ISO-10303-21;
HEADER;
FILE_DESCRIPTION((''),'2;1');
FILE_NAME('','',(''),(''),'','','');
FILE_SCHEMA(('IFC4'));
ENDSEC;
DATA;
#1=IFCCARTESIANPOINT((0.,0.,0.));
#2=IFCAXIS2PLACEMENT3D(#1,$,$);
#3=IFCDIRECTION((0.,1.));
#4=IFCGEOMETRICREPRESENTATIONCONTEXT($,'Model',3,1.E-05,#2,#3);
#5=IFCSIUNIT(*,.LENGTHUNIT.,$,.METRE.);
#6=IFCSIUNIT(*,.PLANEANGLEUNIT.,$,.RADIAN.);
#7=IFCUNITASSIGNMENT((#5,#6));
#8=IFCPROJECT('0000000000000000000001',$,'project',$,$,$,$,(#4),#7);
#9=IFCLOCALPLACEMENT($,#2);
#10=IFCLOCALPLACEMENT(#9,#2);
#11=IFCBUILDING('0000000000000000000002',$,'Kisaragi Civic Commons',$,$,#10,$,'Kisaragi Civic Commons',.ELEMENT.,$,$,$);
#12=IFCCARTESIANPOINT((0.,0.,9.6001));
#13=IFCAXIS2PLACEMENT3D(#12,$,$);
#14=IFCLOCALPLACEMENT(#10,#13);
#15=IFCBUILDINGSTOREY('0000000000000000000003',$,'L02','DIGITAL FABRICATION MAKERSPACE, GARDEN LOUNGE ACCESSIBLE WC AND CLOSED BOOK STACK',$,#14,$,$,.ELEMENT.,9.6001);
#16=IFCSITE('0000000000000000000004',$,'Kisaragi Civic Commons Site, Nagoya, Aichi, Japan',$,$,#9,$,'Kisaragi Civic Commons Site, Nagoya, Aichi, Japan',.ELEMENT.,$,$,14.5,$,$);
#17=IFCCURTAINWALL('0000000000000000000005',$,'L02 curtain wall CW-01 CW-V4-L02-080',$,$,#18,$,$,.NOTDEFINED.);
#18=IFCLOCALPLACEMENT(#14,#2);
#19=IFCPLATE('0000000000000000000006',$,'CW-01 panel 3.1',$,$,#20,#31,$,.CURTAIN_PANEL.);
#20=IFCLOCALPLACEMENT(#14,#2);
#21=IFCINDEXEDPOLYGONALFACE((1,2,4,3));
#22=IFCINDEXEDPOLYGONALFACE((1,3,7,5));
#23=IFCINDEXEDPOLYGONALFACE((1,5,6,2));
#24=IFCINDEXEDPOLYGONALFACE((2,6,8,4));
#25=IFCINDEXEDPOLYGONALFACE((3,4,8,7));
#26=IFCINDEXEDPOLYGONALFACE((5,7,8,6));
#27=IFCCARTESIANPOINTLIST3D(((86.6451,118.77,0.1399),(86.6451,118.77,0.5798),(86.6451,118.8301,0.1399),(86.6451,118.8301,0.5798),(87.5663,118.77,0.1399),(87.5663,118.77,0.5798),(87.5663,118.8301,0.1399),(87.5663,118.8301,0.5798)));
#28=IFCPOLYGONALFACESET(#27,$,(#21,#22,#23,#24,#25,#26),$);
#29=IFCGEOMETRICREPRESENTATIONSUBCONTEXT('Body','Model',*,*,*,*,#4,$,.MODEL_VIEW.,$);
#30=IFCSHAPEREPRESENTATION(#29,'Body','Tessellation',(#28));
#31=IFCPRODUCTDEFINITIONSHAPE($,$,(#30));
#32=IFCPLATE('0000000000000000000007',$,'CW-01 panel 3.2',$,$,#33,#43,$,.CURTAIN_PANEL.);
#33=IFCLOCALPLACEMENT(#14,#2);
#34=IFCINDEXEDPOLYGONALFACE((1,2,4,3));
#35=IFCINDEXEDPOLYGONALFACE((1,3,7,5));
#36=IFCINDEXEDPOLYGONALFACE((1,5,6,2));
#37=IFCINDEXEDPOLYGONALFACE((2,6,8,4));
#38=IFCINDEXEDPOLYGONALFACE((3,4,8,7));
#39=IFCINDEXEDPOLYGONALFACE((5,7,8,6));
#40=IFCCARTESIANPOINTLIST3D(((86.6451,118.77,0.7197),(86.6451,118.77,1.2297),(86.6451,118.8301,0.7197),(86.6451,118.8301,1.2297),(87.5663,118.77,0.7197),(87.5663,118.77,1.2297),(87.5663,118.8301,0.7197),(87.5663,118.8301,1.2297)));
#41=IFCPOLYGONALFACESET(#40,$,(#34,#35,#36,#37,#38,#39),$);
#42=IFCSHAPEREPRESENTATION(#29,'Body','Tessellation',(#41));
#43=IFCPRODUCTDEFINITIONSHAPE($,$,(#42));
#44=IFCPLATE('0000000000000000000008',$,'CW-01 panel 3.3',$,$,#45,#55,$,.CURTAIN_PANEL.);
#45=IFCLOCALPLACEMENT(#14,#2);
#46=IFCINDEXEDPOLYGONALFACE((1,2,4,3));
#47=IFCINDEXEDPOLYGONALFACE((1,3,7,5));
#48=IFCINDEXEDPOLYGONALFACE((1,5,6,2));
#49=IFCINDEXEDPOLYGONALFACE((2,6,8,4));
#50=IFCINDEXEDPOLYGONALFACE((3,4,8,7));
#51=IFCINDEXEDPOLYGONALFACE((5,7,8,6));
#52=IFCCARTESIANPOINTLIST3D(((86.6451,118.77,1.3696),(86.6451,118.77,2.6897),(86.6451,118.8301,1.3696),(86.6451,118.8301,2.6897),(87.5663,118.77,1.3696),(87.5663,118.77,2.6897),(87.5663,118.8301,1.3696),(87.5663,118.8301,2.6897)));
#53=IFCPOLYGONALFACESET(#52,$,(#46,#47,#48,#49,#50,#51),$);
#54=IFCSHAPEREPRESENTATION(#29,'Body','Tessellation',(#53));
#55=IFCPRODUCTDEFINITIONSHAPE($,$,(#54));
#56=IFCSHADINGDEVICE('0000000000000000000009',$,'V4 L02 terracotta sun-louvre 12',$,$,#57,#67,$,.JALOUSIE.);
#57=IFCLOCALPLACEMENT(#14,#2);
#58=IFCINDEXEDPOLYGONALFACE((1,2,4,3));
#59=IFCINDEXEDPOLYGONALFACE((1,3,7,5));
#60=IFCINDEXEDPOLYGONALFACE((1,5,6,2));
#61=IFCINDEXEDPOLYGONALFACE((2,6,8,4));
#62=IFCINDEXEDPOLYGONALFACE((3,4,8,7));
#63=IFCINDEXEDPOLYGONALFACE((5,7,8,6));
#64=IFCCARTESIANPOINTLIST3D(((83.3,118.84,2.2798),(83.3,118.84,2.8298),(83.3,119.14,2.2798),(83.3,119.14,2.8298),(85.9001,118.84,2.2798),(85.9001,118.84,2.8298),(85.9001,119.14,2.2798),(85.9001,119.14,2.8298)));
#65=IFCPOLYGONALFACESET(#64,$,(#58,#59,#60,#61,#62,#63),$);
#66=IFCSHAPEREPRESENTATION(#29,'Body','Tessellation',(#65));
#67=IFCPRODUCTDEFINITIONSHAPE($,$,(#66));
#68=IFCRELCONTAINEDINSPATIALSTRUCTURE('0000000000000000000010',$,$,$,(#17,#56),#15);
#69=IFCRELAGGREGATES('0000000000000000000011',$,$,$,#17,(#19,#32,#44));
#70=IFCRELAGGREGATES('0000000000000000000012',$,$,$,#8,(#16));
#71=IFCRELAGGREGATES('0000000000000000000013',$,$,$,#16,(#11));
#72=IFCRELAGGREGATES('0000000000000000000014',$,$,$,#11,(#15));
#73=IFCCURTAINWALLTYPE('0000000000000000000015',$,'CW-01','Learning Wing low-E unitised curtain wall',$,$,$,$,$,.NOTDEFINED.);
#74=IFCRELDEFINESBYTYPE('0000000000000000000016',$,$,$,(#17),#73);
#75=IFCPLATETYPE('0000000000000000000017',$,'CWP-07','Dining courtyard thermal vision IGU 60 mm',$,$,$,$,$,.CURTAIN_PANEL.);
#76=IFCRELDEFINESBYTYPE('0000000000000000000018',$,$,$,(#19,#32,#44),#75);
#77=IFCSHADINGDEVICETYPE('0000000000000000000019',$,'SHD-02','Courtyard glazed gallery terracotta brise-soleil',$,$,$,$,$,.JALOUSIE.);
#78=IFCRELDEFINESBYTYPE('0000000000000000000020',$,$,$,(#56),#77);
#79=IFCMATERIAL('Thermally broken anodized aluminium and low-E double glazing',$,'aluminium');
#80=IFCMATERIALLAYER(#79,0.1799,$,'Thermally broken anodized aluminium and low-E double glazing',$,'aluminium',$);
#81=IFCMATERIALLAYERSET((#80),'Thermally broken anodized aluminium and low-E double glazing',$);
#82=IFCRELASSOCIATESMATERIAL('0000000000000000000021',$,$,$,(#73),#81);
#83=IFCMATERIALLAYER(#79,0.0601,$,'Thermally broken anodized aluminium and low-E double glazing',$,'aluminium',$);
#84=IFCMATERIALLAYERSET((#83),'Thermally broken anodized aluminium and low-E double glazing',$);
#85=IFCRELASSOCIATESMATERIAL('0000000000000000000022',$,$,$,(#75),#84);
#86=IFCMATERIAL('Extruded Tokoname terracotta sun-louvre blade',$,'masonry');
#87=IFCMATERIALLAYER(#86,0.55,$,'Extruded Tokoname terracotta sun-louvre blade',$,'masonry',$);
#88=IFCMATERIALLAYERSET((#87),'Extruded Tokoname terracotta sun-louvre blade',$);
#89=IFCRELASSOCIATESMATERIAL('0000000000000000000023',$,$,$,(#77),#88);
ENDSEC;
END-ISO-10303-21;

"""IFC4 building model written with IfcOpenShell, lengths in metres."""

from ifc_helpers import new_model, si_unit, direction, frame, origin, origin_2d, place, context, subcontext, project, spatial, rectangle, extrude, material, layer, layer_set, type_object, element, aggregate, save


model = new_model("IFC4")

# Units and contexts
model_context = context("Model", 3, precision=1e-05, world=origin(), true_north=direction((0.0, 1.0)))
body_context = subcontext(model_context, "Body", "Model", "MODEL_VIEW")
ifc_project = project(units=[si_unit("LENGTHUNIT", "METRE"), si_unit("PLANEANGLEUNIT", "RADIAN")], contexts=[model_context])

# Site, building, storey
site_placement = place(None, origin())
site = spatial("IfcSite", under=ifc_project, at=site_placement, Name="Kisaragi Civic Commons Site, Nagoya, Aichi, Japan", LongName="Kisaragi Civic Commons Site, Nagoya, Aichi, Japan", CompositionType="ELEMENT", RefElevation=14.5)
building_placement = place(site_placement, origin())
building = spatial("IfcBuilding", under=site, at=building_placement, Name="Kisaragi Civic Commons", LongName="Kisaragi Civic Commons", CompositionType="ELEMENT")
storey_placement = place(building_placement, frame((0.0, 0.0, 9.6001)))
storey = spatial("IfcBuildingStorey", under=building, at=storey_placement, Name="L02", Description="DIGITAL FABRICATION MAKERSPACE, GARDEN LOUNGE ACCESSIBLE WC AND CLOSED BOOK STACK", CompositionType="ELEMENT", Elevation=9.6001)

# Shared definitions
ifc_material_1 = material(Name="Thermally broken anodized aluminium and low-E double glazing", Category="aluminium")
ifc_layer_1 = layer(ifc_material_1, 0.1799, Name="Thermally broken anodized aluminium and low-E double glazing", Category="aluminium")
ifc_layer_set_1 = layer_set([ifc_layer_1], Name="Thermally broken anodized aluminium and low-E double glazing")
curtain_wall_type = type_object("IfcCurtainWallType", Name="CW-01", Description="Learning Wing low-E unitised curtain wall", PredefinedType="NOTDEFINED", material=ifc_layer_set_1)

# Curtain wall
curtain_wall_1_placement = place(storey_placement, origin())
curtain_wall_1 = element("IfcCurtainWall", 1, at=curtain_wall_1_placement, inside=storey, type_object=curtain_wall_type, Name="L02 curtain wall CW-01 CW-V4-L02-080", PredefinedType="NOTDEFINED")

# Plates
ifc_layer_2 = layer(ifc_material_1, 0.0601, Name="Thermally broken anodized aluminium and low-E double glazing", Category="aluminium")
ifc_layer_set_2 = layer_set([ifc_layer_2], Name="Thermally broken anodized aluminium and low-E double glazing")
plate_type_1 = type_object("IfcPlateType", Name="CWP-07", Description="Dining courtyard thermal vision IGU 60 mm", PredefinedType="CURTAIN_PANEL", material=ifc_layer_set_2)
plate_1_placement = place(storey_placement, frame((87.1057, 118.8, 0.1399), z_axis=(0.0, 0.0, 1.0), x_axis=(1.0, 0.0, 0.0)))
plate_1 = element("IfcPlate", 2, at=plate_1_placement, type_object=plate_type_1, Name="CW-01 panel 3.1", PredefinedType="CURTAIN_PANEL", context=body_context, shape_type="SweptSolid", body=[
    extrude(rectangle(XDim=0.9211, YDim=0.0601, at=origin_2d()), origin(), (0.0, 0.0, 1.0), 0.4399),
])
plate_2_placement = place(storey_placement, frame((87.1057, 118.8, 0.7197), z_axis=(0.0, 0.0, 1.0), x_axis=(1.0, 0.0, 0.0)))
plate_2 = element("IfcPlate", 3, at=plate_2_placement, type_object=plate_type_1, Name="CW-01 panel 3.2", PredefinedType="CURTAIN_PANEL", context=body_context, shape_type="SweptSolid", body=[
    extrude(rectangle(XDim=0.9211, YDim=0.0601, at=origin_2d()), origin(), (0.0, 0.0, 1.0), 0.51),
])
plate_3_placement = place(storey_placement, frame((87.1057, 118.8, 1.3696), z_axis=(0.0, 0.0, 1.0), x_axis=(1.0, 0.0, 0.0)))
plate_3 = element("IfcPlate", 4, at=plate_3_placement, type_object=plate_type_1, Name="CW-01 panel 3.3", PredefinedType="CURTAIN_PANEL", context=body_context, shape_type="SweptSolid", body=[
    extrude(rectangle(XDim=0.9211, YDim=0.0601, at=origin_2d()), origin(), (0.0, 0.0, 1.0), 1.3201),
])
aggregate(curtain_wall_1, [plate_1, plate_2, plate_3])

# Shading device
ifc_material_2 = material(Name="Extruded Tokoname terracotta sun-louvre blade", Category="masonry")
ifc_layer_3 = layer(ifc_material_2, 0.55, Name="Extruded Tokoname terracotta sun-louvre blade", Category="masonry")
ifc_layer_set_3 = layer_set([ifc_layer_3], Name="Extruded Tokoname terracotta sun-louvre blade")
shading_device_type = type_object("IfcShadingDeviceType", Name="SHD-02", Description="Courtyard glazed gallery terracotta brise-soleil", PredefinedType="JALOUSIE", material=ifc_layer_set_3)
shading_device_placement = place(storey_placement, frame((84.6001, 118.99, 2.2798), z_axis=(0.0, 0.0, 1.0), x_axis=(1.0, 0.0, 0.0)))
element("IfcShadingDevice", 5, at=shading_device_placement, inside=storey, type_object=shading_device_type, Name="V4 L02 terracotta sun-louvre 12", PredefinedType="JALOUSIE", context=body_context, shape_type="SweptSolid", body=[
    extrude(rectangle(XDim=2.6001, YDim=0.3, at=origin_2d()), origin(), (0.0, 0.0, 1.0), 0.55),
])

save(model, "model.ifc")
